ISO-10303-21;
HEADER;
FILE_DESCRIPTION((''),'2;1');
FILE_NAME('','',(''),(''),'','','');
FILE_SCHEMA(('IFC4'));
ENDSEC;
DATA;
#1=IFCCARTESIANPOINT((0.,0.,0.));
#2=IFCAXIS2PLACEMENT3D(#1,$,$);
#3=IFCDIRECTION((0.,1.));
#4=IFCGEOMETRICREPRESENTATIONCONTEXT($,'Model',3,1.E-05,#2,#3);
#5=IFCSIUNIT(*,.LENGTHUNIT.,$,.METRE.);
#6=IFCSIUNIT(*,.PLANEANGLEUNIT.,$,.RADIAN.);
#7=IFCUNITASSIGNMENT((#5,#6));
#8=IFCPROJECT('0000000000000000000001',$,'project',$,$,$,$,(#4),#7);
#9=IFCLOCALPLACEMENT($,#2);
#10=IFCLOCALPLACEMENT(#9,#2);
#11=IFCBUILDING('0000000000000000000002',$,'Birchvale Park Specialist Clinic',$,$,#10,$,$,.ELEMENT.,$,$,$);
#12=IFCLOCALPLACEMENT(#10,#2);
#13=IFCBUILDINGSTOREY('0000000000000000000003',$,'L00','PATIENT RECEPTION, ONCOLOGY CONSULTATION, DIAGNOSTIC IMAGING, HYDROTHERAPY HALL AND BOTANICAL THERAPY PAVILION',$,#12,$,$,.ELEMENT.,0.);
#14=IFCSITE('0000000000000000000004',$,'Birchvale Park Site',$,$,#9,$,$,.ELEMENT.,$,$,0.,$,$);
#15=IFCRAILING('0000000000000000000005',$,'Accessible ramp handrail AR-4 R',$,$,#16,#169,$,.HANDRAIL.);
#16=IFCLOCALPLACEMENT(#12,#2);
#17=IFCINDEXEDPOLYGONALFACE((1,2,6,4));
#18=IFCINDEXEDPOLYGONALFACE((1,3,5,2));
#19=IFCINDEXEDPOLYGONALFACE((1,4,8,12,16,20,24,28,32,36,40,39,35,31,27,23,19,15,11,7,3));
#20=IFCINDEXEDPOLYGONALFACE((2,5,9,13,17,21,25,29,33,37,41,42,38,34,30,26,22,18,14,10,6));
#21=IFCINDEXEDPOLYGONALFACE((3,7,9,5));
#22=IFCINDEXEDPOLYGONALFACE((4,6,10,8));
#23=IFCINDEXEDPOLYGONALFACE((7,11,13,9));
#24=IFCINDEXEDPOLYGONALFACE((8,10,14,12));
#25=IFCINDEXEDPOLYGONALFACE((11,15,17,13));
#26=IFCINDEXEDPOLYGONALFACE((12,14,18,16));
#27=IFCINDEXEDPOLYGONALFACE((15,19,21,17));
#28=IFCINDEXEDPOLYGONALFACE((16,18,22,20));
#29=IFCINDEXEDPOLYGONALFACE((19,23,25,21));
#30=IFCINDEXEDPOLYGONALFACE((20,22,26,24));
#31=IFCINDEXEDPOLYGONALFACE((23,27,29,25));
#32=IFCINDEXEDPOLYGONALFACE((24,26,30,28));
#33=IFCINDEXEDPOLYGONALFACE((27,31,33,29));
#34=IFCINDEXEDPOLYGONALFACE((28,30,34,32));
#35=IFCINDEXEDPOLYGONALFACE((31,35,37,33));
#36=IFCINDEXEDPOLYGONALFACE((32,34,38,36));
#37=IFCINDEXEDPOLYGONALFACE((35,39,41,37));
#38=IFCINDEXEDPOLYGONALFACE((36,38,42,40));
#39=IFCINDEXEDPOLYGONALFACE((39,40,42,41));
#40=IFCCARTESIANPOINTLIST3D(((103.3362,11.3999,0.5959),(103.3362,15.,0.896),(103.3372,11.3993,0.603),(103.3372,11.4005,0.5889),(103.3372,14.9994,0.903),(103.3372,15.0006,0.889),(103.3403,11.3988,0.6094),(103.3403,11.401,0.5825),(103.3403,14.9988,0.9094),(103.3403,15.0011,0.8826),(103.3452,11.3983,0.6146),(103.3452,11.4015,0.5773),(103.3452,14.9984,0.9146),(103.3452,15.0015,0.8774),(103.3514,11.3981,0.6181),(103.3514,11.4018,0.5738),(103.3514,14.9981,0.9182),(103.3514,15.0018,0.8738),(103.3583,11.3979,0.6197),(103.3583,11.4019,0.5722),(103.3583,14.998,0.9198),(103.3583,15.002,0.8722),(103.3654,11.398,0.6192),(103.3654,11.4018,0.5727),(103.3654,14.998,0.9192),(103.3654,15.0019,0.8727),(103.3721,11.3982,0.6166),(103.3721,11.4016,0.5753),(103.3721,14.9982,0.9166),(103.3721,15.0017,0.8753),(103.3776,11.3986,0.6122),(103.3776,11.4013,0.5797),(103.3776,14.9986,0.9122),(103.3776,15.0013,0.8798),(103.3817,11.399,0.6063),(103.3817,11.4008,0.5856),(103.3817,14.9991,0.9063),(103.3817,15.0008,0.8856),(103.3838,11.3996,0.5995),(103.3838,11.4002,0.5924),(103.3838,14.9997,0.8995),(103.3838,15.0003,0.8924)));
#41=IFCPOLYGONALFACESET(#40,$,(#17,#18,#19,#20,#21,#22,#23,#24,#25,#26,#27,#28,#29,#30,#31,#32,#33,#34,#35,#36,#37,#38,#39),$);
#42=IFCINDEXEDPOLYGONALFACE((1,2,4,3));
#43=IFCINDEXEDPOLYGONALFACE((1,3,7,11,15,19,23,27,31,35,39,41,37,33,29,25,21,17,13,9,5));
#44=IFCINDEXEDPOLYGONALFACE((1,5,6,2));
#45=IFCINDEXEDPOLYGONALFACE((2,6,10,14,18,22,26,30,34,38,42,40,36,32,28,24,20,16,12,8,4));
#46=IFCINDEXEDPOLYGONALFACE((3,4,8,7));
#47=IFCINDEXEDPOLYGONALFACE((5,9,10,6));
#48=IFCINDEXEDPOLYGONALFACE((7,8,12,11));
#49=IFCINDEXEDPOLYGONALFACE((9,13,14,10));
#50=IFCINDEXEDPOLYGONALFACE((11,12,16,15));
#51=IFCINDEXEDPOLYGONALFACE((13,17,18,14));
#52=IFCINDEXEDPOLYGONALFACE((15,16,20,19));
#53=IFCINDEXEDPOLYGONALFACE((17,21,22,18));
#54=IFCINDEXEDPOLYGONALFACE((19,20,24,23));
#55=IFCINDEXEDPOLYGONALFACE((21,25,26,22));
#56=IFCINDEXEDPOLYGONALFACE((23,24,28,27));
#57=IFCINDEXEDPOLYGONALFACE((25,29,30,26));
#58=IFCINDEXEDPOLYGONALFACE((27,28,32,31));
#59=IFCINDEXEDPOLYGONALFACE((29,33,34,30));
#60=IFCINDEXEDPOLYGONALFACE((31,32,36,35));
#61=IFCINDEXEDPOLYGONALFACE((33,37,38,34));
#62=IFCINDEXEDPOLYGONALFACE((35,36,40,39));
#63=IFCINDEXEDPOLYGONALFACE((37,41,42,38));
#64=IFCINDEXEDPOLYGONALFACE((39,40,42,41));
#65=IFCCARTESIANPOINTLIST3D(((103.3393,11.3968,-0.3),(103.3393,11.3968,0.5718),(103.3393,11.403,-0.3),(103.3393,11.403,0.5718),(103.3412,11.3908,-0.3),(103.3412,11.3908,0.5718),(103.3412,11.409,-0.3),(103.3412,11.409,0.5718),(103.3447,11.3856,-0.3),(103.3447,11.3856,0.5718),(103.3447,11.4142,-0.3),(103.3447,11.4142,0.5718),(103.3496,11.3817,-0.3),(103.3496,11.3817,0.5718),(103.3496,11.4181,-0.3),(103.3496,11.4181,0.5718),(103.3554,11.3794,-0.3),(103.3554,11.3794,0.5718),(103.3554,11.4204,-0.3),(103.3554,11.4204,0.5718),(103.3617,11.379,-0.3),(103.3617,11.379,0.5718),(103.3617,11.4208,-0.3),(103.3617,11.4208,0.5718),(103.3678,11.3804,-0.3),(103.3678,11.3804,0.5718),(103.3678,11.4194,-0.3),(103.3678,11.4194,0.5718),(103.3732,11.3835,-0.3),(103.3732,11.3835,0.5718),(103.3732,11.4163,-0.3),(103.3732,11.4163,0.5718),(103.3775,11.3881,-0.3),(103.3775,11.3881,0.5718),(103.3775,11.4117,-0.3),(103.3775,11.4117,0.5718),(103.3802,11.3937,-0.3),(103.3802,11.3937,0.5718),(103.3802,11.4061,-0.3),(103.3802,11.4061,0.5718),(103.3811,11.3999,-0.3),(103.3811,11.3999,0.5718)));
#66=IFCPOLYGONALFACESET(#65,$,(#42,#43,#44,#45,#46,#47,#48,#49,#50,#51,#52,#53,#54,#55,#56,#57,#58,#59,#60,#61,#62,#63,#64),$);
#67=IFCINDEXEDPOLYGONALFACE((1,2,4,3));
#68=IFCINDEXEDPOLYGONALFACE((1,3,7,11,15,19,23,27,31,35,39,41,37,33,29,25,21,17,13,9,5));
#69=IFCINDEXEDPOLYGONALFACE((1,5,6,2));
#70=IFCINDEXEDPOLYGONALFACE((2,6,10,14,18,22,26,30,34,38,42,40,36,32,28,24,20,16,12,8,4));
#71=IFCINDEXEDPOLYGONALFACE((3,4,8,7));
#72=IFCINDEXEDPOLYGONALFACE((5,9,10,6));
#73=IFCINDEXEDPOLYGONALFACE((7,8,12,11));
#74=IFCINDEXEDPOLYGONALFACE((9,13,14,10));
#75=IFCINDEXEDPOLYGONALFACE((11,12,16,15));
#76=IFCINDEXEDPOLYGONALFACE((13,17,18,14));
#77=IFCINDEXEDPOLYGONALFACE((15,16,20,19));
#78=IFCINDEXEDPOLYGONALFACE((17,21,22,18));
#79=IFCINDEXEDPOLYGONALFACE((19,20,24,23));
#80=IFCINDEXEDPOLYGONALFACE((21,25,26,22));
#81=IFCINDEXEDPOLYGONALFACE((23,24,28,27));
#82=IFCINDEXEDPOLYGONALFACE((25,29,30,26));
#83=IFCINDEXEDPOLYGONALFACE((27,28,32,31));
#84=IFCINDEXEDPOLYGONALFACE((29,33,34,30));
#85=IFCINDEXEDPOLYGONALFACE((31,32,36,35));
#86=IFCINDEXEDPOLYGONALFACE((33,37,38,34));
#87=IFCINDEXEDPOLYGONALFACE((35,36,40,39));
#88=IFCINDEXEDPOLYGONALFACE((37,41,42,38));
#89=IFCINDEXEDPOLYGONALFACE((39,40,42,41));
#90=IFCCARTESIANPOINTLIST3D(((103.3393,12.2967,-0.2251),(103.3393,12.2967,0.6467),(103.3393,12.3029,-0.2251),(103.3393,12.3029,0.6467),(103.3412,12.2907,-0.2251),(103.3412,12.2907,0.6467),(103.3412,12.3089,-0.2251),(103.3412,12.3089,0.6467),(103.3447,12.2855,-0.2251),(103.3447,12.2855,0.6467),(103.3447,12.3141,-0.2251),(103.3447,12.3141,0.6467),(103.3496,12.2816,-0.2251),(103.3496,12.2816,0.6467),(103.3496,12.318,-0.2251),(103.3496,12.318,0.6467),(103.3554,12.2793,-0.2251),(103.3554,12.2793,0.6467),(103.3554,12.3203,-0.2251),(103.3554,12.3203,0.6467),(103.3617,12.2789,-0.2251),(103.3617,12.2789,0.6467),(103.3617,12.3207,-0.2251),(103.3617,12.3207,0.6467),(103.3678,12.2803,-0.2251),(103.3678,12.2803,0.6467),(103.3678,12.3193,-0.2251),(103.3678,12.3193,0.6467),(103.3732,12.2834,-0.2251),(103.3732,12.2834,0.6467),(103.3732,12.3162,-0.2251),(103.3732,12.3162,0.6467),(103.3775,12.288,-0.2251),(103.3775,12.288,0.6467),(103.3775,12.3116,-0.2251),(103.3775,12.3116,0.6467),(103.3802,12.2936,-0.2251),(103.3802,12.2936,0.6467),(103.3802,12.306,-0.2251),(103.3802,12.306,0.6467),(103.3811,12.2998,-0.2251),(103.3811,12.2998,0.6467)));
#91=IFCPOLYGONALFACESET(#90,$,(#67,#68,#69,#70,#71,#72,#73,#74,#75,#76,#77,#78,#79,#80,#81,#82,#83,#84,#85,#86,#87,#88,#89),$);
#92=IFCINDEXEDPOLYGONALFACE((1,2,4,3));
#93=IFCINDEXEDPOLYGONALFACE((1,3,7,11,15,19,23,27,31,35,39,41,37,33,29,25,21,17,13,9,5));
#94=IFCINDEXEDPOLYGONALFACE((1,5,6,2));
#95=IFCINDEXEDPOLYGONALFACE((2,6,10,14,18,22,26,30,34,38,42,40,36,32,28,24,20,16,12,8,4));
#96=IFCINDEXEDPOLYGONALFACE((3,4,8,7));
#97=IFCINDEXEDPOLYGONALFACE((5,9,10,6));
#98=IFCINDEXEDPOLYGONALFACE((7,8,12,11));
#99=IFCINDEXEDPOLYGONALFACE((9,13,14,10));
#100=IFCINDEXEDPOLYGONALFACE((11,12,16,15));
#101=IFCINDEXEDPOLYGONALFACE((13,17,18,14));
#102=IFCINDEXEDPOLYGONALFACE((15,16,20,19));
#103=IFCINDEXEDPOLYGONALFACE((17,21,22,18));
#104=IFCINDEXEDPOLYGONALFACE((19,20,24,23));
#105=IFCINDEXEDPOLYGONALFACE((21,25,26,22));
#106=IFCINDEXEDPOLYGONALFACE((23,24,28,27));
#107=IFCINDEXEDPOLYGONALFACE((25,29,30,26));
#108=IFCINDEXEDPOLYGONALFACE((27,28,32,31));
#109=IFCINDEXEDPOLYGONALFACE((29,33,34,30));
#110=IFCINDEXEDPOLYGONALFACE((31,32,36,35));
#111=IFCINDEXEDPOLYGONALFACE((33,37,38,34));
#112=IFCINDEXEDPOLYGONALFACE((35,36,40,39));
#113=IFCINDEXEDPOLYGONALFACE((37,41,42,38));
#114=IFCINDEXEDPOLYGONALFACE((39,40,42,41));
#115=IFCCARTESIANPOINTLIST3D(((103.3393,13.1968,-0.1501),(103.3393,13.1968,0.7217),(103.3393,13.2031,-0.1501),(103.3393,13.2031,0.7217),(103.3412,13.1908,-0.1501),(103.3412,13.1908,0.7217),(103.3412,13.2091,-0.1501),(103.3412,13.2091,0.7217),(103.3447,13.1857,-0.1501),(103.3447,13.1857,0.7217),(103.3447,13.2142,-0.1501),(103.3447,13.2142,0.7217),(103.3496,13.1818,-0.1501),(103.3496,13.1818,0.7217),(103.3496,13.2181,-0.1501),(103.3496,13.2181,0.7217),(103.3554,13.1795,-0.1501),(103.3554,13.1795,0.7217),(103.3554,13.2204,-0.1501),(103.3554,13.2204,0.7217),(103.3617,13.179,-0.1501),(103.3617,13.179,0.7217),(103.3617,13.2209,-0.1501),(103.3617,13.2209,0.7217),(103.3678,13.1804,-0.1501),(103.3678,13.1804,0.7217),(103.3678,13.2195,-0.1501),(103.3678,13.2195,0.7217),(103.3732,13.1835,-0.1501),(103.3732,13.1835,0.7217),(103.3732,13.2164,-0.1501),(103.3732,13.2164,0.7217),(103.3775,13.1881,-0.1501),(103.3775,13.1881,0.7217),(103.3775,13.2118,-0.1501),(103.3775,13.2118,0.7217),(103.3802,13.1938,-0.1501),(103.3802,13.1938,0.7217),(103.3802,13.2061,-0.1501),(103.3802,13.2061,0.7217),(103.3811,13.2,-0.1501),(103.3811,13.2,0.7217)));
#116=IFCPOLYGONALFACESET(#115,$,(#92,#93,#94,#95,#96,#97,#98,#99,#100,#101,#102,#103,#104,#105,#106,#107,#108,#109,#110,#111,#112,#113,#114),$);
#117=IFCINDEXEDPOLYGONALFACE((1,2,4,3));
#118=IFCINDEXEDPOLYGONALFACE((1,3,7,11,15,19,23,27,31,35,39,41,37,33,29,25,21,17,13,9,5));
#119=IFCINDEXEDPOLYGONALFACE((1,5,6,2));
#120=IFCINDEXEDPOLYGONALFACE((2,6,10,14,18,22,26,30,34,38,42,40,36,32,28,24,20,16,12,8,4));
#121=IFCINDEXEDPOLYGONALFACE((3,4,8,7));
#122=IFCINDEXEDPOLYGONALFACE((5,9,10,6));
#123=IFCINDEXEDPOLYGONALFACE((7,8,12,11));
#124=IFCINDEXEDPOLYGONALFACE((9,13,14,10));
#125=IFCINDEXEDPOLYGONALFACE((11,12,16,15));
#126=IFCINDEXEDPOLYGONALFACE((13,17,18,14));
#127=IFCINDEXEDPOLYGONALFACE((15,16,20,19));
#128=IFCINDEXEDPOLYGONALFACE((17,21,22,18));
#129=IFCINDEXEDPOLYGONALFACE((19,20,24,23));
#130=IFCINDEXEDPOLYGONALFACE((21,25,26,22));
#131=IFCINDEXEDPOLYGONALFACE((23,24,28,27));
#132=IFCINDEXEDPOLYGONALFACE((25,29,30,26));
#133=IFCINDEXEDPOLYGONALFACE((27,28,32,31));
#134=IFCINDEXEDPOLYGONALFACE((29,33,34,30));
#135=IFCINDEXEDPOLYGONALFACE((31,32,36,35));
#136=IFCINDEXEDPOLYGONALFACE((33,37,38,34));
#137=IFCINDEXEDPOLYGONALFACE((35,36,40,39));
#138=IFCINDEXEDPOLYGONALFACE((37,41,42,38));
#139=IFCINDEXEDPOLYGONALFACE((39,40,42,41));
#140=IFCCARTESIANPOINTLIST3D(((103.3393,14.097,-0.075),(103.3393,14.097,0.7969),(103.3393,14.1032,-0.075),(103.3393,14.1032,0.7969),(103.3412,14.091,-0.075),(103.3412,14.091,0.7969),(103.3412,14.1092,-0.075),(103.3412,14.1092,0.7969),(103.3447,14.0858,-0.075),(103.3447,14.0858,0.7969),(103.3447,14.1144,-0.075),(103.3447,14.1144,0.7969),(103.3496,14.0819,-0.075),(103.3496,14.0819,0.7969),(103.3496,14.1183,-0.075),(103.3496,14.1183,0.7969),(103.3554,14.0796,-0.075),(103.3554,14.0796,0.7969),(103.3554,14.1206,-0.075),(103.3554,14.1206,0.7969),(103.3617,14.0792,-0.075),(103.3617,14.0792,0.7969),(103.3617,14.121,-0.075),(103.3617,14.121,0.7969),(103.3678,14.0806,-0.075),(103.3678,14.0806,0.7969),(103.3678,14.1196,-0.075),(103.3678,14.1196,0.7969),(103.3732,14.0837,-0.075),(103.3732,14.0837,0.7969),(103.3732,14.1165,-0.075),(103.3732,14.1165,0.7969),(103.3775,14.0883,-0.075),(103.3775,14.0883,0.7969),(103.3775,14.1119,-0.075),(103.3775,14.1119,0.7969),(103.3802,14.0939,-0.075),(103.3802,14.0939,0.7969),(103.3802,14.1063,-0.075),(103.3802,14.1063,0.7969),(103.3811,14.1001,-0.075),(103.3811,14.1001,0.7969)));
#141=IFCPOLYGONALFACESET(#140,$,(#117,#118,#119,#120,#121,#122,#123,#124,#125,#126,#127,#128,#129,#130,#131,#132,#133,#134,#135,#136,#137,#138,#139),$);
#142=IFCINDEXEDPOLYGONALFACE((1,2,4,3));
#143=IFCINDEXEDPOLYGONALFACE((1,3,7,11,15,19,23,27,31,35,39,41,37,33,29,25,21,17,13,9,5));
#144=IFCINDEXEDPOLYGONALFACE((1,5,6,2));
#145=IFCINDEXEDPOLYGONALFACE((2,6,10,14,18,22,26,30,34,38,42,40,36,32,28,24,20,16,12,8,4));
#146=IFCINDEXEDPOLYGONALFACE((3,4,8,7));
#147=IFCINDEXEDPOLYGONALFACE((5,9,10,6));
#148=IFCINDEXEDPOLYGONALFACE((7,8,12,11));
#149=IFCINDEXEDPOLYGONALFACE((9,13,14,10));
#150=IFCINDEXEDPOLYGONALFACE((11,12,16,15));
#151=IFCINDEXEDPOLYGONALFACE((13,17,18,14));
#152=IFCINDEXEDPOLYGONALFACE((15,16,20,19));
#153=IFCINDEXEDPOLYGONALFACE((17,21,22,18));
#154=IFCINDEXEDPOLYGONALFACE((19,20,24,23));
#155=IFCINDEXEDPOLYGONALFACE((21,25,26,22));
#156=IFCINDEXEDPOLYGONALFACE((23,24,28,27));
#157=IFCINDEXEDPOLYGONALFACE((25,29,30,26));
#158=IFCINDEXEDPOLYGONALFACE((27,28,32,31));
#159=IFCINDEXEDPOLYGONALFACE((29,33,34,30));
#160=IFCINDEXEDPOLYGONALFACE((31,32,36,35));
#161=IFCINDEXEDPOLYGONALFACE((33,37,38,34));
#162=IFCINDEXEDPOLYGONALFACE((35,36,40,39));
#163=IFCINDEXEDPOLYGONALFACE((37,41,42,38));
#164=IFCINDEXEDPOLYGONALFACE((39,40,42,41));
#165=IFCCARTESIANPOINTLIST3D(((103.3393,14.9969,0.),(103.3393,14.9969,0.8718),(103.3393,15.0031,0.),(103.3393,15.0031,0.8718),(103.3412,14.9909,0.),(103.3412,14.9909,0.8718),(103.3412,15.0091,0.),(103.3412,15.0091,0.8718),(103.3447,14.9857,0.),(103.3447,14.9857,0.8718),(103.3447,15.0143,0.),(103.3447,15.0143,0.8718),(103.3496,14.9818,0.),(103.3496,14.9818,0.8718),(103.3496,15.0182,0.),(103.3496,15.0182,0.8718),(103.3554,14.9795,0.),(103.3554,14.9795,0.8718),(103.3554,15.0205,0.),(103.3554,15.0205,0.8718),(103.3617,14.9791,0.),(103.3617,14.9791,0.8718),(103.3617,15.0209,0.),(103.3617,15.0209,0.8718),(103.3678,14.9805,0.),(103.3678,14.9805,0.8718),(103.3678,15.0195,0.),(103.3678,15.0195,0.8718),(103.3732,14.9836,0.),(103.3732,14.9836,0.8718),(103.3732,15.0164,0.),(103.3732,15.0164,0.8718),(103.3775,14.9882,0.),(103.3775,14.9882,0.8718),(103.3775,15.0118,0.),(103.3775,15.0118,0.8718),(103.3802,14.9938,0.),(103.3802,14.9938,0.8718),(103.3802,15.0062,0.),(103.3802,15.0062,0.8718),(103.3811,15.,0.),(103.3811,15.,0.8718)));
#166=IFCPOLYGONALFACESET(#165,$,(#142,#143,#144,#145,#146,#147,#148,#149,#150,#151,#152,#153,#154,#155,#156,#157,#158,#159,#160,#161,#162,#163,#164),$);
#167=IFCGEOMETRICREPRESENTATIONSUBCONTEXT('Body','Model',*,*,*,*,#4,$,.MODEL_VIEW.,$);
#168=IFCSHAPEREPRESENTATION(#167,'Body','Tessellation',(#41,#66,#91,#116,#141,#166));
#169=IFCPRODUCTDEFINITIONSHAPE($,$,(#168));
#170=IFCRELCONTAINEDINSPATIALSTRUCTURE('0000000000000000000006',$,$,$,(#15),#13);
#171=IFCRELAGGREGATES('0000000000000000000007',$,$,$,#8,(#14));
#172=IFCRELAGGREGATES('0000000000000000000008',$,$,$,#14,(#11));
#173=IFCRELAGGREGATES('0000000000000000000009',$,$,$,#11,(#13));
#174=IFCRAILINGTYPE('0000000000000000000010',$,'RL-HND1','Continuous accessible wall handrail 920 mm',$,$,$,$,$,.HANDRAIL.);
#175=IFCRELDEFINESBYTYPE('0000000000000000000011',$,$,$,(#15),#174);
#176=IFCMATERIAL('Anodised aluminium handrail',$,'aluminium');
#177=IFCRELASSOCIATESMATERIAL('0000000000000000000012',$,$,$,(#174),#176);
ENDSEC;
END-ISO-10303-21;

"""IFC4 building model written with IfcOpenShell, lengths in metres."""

from ifc_helpers import new_model, si_unit, direction, frame, origin, origin_2d, place, context, subcontext, project, spatial, circle, extrude, material, type_object, element, save


model = new_model("IFC4")

# Units and contexts
model_context = context("Model", 3, precision=1e-05, world=origin(), true_north=direction((0.0, 1.0)))
body_context = subcontext(model_context, "Body", "Model", "MODEL_VIEW")
ifc_project = project(units=[si_unit("LENGTHUNIT", "METRE"), si_unit("PLANEANGLEUNIT", "RADIAN")], contexts=[model_context])

# Site, building, storey
site_placement = place(None, origin())
site = spatial("IfcSite", under=ifc_project, at=site_placement, Name="Birchvale Park Site", CompositionType="ELEMENT", RefElevation=0.0)
building_placement = place(site_placement, origin())
building = spatial("IfcBuilding", under=site, at=building_placement, Name="Birchvale Park Specialist Clinic", CompositionType="ELEMENT")
storey_placement = place(building_placement, origin())
storey = spatial("IfcBuildingStorey", under=building, at=storey_placement, Name="L00", Description="PATIENT RECEPTION, ONCOLOGY CONSULTATION, DIAGNOSTIC IMAGING, HYDROTHERAPY HALL AND BOTANICAL THERAPY PAVILION", CompositionType="ELEMENT", Elevation=0.0)

# Railing
ifc_material_1 = material(Name="Anodised aluminium handrail", Category="aluminium")
railing_type = type_object("IfcRailingType", Name="RL-HND1", Description="Continuous accessible wall handrail 920 mm", PredefinedType="HANDRAIL", material=ifc_material_1)
for number, where, name in (
    (1, (103.3601, 11.3999, -0.3), "Accessible ramp handrail AR-4 R"),
):
    element("IfcRailing", number, at=place(storey_placement, frame(where)), inside=storey, type_object=railing_type, Name=name, PredefinedType="HANDRAIL", context=body_context, shape_type="SweptSolid", body=[
        extrude(circle(Radius=0.0239, at=origin_2d()), frame((0.0, 0.0, 0.896), z_axis=(0.0, 0.996545, 0.083057), x_axis=(-1.0, 0.0, 0.0)), (0.0, 0.0, 1.0), 3.6125),
        extrude(circle(Radius=0.021, at=origin_2d()), origin(), (0.0, 0.0, 1.0), 0.8718),
        extrude(circle(Radius=0.021, at=origin_2d()), frame((0.0, 0.8999, 0.075)), (0.0, 0.0, 1.0), 0.8718),
        extrude(circle(Radius=0.021, at=origin_2d()), frame((0.0, 1.8, 0.1499)), (0.0, 0.0, 1.0), 0.8718),
        extrude(circle(Radius=0.021, at=origin_2d()), frame((0.0, 2.7002, 0.2251)), (0.0, 0.0, 1.0), 0.8718),
        extrude(circle(Radius=0.021, at=origin_2d()), frame((0.0, 3.6001, 0.3)), (0.0, 0.0, 1.0), 0.8718),
    ])

save(model, "model.ifc")
